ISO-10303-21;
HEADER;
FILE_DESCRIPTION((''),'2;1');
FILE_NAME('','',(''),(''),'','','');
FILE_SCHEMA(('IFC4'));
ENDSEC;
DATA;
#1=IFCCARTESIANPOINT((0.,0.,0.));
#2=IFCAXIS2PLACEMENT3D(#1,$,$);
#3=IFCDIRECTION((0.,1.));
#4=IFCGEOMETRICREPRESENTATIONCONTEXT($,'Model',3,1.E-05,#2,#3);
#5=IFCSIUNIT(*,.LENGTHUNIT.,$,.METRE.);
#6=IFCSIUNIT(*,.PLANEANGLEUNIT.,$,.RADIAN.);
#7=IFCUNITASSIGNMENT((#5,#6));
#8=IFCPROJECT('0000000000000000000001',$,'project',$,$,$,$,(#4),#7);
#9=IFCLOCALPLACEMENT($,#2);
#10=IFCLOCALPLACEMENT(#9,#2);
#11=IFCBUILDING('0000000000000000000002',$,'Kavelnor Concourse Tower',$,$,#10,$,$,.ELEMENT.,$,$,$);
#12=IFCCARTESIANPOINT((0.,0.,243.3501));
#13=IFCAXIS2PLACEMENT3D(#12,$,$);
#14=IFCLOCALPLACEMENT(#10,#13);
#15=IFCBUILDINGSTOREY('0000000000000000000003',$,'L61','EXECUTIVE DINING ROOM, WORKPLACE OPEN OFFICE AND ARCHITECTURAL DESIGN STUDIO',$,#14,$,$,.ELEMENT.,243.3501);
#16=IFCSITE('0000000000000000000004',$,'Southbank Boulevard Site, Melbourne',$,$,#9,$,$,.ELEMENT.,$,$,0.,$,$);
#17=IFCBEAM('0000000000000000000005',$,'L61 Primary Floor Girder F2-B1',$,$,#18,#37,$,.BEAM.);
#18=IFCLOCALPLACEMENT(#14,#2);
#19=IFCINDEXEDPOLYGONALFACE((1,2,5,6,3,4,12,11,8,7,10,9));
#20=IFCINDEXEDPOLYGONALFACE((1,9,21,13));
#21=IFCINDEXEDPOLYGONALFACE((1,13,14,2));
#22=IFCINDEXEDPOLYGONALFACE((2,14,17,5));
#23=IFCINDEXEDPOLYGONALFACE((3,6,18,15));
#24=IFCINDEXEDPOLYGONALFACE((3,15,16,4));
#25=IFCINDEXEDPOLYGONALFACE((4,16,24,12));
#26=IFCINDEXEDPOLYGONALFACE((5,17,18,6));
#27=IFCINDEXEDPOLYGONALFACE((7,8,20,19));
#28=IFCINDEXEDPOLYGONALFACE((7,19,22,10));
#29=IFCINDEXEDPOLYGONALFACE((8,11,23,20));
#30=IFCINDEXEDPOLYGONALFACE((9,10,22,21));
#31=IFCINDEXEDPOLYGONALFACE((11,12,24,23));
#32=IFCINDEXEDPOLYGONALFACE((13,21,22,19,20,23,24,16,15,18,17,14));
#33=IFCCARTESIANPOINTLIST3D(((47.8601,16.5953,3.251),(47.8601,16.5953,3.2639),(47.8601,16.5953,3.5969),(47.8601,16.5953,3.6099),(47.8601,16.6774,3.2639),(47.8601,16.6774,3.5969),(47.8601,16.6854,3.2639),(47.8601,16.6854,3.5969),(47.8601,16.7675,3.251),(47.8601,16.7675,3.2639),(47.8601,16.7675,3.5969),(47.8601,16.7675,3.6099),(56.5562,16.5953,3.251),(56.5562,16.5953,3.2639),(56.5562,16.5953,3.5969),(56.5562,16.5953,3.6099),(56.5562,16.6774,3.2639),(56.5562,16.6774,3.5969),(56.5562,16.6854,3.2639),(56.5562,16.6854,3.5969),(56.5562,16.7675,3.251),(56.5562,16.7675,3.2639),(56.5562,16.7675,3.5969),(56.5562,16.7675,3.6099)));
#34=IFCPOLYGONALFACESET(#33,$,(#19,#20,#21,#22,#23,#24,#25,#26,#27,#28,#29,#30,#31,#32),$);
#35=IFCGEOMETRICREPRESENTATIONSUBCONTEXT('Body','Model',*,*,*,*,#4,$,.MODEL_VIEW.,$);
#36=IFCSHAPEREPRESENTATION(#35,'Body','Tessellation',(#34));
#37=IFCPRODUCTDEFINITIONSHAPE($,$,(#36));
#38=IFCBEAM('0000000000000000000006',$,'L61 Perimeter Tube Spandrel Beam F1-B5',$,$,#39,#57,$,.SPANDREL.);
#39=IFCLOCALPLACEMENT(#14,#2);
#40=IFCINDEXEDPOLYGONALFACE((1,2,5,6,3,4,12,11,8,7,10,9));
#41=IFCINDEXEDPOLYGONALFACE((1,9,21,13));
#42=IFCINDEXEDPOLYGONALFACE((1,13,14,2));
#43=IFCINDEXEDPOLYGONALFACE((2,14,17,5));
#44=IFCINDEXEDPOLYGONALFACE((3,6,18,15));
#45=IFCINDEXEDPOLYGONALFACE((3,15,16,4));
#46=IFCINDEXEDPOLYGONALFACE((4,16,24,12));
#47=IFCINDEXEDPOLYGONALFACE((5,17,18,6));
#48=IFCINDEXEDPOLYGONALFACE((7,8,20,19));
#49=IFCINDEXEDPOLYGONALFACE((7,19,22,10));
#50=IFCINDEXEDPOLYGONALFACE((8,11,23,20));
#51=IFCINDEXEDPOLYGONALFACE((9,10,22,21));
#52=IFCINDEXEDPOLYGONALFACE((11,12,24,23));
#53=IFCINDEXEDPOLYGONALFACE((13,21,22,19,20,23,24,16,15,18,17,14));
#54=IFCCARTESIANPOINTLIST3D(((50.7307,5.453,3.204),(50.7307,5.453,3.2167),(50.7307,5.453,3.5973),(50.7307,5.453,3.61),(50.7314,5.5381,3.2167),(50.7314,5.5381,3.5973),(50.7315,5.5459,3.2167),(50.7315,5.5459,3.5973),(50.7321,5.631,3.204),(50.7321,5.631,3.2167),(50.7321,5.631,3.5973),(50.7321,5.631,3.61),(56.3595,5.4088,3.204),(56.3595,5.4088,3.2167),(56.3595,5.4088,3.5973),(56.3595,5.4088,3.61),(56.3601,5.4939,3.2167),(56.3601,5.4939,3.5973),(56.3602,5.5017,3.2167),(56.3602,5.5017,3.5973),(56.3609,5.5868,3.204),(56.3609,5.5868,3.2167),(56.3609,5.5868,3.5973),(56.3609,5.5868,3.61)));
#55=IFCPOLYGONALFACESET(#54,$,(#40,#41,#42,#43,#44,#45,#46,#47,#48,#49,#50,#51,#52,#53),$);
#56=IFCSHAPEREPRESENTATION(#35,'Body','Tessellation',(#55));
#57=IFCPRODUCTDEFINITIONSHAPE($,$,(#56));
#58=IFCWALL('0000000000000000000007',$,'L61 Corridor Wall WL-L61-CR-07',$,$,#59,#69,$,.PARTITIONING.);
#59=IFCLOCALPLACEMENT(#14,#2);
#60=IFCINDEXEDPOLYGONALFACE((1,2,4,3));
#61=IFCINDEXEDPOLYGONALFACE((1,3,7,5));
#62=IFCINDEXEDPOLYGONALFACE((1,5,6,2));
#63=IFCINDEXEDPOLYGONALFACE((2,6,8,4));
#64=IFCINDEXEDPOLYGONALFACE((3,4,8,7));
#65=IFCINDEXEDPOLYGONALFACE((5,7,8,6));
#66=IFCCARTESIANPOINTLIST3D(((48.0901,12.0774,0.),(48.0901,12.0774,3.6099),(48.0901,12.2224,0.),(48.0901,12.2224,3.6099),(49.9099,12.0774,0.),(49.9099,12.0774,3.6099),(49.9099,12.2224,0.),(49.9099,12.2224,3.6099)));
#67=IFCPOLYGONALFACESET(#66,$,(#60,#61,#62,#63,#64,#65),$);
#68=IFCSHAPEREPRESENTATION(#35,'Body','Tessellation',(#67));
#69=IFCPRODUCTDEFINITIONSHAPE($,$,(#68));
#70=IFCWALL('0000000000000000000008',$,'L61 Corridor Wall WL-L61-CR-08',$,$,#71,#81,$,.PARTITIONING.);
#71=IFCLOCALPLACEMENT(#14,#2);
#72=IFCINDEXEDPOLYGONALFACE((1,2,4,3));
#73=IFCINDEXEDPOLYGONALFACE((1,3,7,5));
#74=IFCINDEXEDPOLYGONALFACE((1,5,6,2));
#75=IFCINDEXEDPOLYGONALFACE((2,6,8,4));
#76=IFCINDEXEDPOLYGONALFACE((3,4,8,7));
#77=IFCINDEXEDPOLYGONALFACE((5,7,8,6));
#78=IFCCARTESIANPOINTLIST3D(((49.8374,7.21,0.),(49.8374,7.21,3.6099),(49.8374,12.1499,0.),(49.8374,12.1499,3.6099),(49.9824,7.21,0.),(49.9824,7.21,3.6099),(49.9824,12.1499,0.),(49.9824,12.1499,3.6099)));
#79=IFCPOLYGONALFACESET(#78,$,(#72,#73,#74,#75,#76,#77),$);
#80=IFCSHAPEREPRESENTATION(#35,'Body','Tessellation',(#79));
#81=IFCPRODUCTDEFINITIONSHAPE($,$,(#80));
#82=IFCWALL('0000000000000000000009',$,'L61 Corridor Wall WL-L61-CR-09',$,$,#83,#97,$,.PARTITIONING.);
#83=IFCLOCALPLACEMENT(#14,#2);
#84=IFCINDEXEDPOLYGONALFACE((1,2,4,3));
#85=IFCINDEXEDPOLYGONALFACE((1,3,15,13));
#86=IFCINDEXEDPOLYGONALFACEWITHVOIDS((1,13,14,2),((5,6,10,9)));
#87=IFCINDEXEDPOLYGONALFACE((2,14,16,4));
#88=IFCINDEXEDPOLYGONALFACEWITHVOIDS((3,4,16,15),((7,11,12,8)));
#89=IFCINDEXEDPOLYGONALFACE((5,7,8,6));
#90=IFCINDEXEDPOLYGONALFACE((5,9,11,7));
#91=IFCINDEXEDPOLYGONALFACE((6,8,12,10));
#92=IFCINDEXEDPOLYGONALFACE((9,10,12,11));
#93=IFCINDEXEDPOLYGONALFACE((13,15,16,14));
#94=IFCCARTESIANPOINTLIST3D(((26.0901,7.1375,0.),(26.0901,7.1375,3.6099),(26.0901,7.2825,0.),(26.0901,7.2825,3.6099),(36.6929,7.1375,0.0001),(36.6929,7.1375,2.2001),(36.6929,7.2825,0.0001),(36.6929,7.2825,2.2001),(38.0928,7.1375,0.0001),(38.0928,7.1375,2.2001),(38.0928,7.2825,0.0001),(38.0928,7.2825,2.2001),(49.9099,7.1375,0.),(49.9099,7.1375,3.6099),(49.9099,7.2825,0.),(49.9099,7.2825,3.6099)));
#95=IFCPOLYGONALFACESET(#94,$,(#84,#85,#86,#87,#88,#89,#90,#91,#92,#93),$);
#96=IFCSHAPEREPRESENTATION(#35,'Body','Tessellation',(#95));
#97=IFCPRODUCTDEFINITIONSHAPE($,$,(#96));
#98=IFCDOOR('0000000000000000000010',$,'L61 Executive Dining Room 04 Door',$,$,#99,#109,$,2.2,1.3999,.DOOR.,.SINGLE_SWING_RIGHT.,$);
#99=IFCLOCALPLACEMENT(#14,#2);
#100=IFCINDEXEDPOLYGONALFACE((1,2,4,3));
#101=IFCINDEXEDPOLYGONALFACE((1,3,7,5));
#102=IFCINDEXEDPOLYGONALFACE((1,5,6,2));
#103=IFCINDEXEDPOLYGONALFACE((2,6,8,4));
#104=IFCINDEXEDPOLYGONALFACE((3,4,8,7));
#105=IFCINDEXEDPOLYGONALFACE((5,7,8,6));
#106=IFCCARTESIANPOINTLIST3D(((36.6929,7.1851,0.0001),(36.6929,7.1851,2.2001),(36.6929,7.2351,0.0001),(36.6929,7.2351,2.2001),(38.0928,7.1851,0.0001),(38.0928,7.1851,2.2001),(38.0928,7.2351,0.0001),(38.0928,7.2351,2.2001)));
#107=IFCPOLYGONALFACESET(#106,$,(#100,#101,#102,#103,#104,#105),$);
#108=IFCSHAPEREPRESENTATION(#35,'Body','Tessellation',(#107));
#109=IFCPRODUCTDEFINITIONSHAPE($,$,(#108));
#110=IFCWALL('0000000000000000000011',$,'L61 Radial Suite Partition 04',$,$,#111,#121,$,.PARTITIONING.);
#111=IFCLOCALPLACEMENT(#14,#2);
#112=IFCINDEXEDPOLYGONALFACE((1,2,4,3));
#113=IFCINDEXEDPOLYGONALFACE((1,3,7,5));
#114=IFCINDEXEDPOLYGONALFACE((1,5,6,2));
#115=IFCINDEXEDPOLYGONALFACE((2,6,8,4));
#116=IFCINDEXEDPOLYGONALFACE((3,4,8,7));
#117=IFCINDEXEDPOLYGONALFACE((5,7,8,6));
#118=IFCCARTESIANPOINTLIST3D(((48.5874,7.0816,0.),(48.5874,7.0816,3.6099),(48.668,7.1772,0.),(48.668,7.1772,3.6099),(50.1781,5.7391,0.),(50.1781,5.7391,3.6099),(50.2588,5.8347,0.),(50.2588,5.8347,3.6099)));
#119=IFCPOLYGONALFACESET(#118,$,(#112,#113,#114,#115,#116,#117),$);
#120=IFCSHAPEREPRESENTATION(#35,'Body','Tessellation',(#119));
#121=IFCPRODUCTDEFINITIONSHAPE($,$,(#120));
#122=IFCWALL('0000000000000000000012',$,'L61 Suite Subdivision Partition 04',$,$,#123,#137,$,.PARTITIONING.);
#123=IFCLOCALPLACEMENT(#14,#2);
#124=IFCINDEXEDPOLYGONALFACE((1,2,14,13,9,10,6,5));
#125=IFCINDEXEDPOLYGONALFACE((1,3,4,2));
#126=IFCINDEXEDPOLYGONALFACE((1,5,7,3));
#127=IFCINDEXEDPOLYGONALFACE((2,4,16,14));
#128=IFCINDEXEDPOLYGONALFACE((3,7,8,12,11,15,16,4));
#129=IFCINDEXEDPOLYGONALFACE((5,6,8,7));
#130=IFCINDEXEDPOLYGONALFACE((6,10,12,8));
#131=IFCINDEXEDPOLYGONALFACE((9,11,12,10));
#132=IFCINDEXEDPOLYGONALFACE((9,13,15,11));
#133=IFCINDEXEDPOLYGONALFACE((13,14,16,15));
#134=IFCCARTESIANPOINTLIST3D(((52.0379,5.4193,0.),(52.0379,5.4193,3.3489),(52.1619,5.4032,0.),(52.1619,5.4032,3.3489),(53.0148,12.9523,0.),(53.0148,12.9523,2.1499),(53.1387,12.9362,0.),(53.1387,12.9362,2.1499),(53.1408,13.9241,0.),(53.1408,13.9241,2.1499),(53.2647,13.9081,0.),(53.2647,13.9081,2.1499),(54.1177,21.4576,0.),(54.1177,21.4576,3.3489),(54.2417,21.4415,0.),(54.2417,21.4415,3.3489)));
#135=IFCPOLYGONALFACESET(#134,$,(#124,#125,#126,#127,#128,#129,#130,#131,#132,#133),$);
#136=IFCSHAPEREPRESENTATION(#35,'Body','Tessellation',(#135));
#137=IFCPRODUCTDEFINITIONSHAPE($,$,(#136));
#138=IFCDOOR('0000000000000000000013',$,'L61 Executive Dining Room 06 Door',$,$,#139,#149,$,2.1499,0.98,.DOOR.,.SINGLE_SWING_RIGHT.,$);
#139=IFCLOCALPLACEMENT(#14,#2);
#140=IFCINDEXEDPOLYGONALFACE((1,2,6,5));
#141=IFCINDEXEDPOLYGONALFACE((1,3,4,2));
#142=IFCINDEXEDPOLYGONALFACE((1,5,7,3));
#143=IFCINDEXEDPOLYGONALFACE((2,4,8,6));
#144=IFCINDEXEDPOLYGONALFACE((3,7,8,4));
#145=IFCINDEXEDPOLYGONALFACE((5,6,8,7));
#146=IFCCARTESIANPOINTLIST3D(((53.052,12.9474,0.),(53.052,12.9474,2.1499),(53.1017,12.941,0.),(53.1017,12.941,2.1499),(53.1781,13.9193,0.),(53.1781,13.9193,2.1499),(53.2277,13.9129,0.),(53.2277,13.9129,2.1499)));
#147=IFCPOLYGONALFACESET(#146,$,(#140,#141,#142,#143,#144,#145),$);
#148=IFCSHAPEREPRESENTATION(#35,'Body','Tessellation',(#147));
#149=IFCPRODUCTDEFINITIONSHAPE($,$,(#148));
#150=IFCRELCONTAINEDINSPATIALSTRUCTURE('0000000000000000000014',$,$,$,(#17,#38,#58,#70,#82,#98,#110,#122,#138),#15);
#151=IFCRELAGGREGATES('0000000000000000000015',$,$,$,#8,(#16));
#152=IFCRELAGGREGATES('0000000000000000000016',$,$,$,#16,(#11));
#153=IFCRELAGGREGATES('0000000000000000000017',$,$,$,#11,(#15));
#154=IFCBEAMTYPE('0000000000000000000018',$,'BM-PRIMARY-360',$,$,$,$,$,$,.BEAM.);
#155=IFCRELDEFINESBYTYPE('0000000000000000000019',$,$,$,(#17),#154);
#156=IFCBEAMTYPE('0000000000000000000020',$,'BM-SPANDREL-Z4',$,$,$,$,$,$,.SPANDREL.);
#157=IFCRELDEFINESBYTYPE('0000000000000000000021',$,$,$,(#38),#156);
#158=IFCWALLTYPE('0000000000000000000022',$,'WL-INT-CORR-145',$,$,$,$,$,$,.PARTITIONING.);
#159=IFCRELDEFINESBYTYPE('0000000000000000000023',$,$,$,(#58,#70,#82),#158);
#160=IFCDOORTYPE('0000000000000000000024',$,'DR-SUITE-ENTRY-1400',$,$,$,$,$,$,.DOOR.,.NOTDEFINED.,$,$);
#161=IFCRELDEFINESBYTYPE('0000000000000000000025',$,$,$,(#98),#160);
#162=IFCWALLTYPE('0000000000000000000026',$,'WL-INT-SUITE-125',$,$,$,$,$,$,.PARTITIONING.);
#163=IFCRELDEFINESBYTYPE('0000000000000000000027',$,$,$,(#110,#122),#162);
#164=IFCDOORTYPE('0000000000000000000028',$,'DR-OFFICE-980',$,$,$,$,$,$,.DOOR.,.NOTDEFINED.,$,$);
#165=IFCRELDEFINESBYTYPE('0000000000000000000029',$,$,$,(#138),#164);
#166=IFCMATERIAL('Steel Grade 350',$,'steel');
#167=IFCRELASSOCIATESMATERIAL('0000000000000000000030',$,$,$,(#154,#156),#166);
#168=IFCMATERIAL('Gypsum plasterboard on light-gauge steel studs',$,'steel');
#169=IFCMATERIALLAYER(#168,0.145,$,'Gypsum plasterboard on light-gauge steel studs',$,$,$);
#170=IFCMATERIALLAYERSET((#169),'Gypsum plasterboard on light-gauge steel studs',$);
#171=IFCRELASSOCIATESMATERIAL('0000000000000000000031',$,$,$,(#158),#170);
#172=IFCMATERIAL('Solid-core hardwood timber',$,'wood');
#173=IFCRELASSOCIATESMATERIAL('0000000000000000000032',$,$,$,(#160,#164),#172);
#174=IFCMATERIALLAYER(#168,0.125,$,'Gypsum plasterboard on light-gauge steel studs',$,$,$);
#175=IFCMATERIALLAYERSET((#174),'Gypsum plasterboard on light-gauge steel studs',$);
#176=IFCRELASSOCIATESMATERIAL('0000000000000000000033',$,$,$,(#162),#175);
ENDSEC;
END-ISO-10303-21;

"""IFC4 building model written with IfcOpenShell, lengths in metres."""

from ifc_helpers import new_model, si_unit, direction, frame, frame_2d, origin, origin_2d, place, context, subcontext, project, spatial, rectangle, i_section, extrude, material, layer, layer_set, material_profile, profile_set, type_object, element, fill, save


model = new_model("IFC4")

# Units and contexts
model_context = context("Model", 3, precision=1e-05, world=origin(), true_north=direction((0.0, 1.0)))
body_context = subcontext(model_context, "Body", "Model", "MODEL_VIEW")
ifc_project = project(units=[si_unit("LENGTHUNIT", "METRE"), si_unit("PLANEANGLEUNIT", "RADIAN")], contexts=[model_context])

# Site, building, storey
site_placement = place(None, origin())
site = spatial("IfcSite", under=ifc_project, at=site_placement, Name="Southbank Boulevard Site, Melbourne", CompositionType="ELEMENT", RefElevation=0.0)
building_placement = place(site_placement, origin())
building = spatial("IfcBuilding", under=site, at=building_placement, Name="Kavelnor Concourse Tower", CompositionType="ELEMENT")
storey_placement = place(building_placement, frame((0.0, 0.0, 243.3501)))
storey = spatial("IfcBuildingStorey", under=building, at=storey_placement, Name="L61", Description="EXECUTIVE DINING ROOM, WORKPLACE OPEN OFFICE AND ARCHITECTURAL DESIGN STUDIO", CompositionType="ELEMENT", Elevation=243.3501)

# Shared definitions
ifc_material_1 = material(Name="Steel Grade 350", Category="steel")

# Beams
ifc_material_profile_1 = material_profile(ifc_material_1, i_section(OverallWidth=0.1721, OverallDepth=0.3589, WebThickness=0.0081, FlangeThickness=0.0129, at=origin_2d()), Name="360UB56")
ifc_profile_set_1 = profile_set([ifc_material_profile_1], Name="Steel Grade 350")
beam_type_1 = type_object("IfcBeamType", Name="BM-PRIMARY-360", PredefinedType="BEAM", material=ifc_profile_set_1)
beam_1_placement = place(storey_placement, frame((47.8601, 16.6814, 3.4304), z_axis=(1.0, 0.0, 0.0), x_axis=(0.0, 1.0, 0.0)))
element("IfcBeam", 1, at=beam_1_placement, inside=storey, type_object=beam_type_1, Name="L61 Primary Floor Girder F2-B1", PredefinedType="BEAM", context=body_context, shape_type="SweptSolid", body=[
    extrude(i_section(OverallWidth=0.1721, OverallDepth=0.3589, WebThickness=0.0081, FlangeThickness=0.0129, at=origin_2d()), origin(), (0.0, 0.0, 1.0), 8.696),
])
ifc_material_profile_2 = material_profile(ifc_material_1, i_section(OverallWidth=0.178, OverallDepth=0.406, WebThickness=0.0078, FlangeThickness=0.0127, at=origin_2d()), Name="410UB59")
ifc_profile_set_2 = profile_set([ifc_material_profile_2], Name="Steel Grade 350")
beam_type_2 = type_object("IfcBeamType", Name="BM-SPANDREL-Z4", PredefinedType="SPANDREL", material=ifc_profile_set_2)
beam_2_placement = place(storey_placement, frame((50.7314, 5.542, 3.407), z_axis=(0.999969, -0.007851, 0.0), x_axis=(0.007851, 0.999969, 0.0)))
element("IfcBeam", 2, at=beam_2_placement, inside=storey, type_object=beam_type_2, Name="L61 Perimeter Tube Spandrel Beam F1-B5", PredefinedType="SPANDREL", context=body_context, shape_type="SweptSolid", body=[
    extrude(i_section(OverallWidth=0.178, OverallDepth=0.406, WebThickness=0.0078, FlangeThickness=0.0127, at=origin_2d()), origin(), (0.0, 0.0, 1.0), 5.6289),
])

# Walls
ifc_material_2 = material(Name="Gypsum plasterboard on light-gauge steel studs", Category="steel")
ifc_layer_1 = layer(ifc_material_2, 0.145, Name="Gypsum plasterboard on light-gauge steel studs")
ifc_layer_set_1 = layer_set([ifc_layer_1], Name="Gypsum plasterboard on light-gauge steel studs")
wall_type_1 = type_object("IfcWallType", Name="WL-INT-CORR-145", PredefinedType="PARTITIONING", material=ifc_layer_set_1)
wall_1_placement = place(storey_placement, frame((48.0901, 12.1499, 0.0), z_axis=(0.0, 0.0, 1.0), x_axis=(1.0, 0.0, 0.0)))
element("IfcWall", 3, at=wall_1_placement, inside=storey, type_object=wall_type_1, Name="L61 Corridor Wall WL-L61-CR-07", PredefinedType="PARTITIONING", context=body_context, shape_type="SweptSolid", body=[
    extrude(rectangle(XDim=1.8198, YDim=0.145, at=frame_2d((0.9099, 0.0))), origin(), (0.0, 0.0, 1.0), 3.6099),
])
wall_2_placement = place(storey_placement, frame((49.9099, 12.1499, 0.0), z_axis=(0.0, 0.0, 1.0), x_axis=(0.0, -1.0, 0.0)))
element("IfcWall", 4, at=wall_2_placement, inside=storey, type_object=wall_type_1, Name="L61 Corridor Wall WL-L61-CR-08", PredefinedType="PARTITIONING", context=body_context, shape_type="SweptSolid", body=[
    extrude(rectangle(XDim=4.9399, YDim=0.145, at=frame_2d((2.47, 0.0))), origin(), (0.0, 0.0, 1.0), 3.6099),
])

# Wall, opening, door
wall_3_placement = place(storey_placement, frame((49.9099, 7.21, 0.0), z_axis=(0.0, 0.0, 1.0), x_axis=(-1.0, 0.0, 0.0)))
wall_3 = element("IfcWall", 5, at=wall_3_placement, inside=storey, type_object=wall_type_1, Name="L61 Corridor Wall WL-L61-CR-09", PredefinedType="PARTITIONING", context=body_context, shape_type="SweptSolid", body=[
    extrude(rectangle(XDim=23.8198, YDim=0.145, at=frame_2d((11.9099, 0.0))), origin(), (0.0, 0.0, 1.0), 3.6099),
])
opening_1_placement = place(wall_3_placement, frame((11.8171, 0.0, 0.0)))
opening_1 = element("IfcOpeningElement", 6, at=opening_1_placement, cuts=wall_3, PredefinedType="OPENING", context=body_context, shape_type="SweptSolid", body=[
    extrude(rectangle(XDim=1.3999, YDim=2.2, at=frame_2d((0.7, 1.1001))), frame((0.0, 0.0825, 0.0), z_axis=(0.0, -1.0, 0.0), x_axis=(1.0, 0.0, 0.0)), (0.0, 0.0, 1.0), 0.165),
])
ifc_material_3 = material(Name="Solid-core hardwood timber", Category="wood")
door_type_1 = type_object("IfcDoorType", Name="DR-SUITE-ENTRY-1400", OperationType="NOTDEFINED", PredefinedType="DOOR", material=ifc_material_3)
door_1_placement = place(opening_1_placement, origin())
door_1 = element("IfcDoor", 7, at=door_1_placement, inside=storey, type_object=door_type_1, Name="L61 Executive Dining Room 04 Door", OperationType="SINGLE_SWING_RIGHT", OverallHeight=2.2, OverallWidth=1.3999, PredefinedType="DOOR", context=body_context, shape_type="SweptSolid", body=[
    extrude(rectangle(XDim=1.3999, YDim=2.2, at=frame_2d((0.7, 1.1001))), frame((0.0, 0.0249, 0.0), z_axis=(0.0, -1.0, 0.0), x_axis=(1.0, 0.0, 0.0)), (0.0, 0.0, 1.0), 0.05),
])
fill(opening_1, door_1)

# Wall
ifc_layer_2 = layer(ifc_material_2, 0.125, Name="Gypsum plasterboard on light-gauge steel studs")
ifc_layer_set_2 = layer_set([ifc_layer_2], Name="Gypsum plasterboard on light-gauge steel studs")
wall_type_2 = type_object("IfcWallType", Name="WL-INT-SUITE-125", PredefinedType="PARTITIONING", material=ifc_layer_set_2)
wall_4_placement = place(storey_placement, frame((48.6277, 7.1294, 0.0), z_axis=(0.0, 0.0, 1.0), x_axis=(0.764226, -0.644948, 0.0)))
element("IfcWall", 8, at=wall_4_placement, inside=storey, type_object=wall_type_2, Name="L61 Radial Suite Partition 04", PredefinedType="PARTITIONING", context=body_context, shape_type="SweptSolid", body=[
    extrude(rectangle(XDim=2.0815, YDim=0.125, at=frame_2d((1.0408, 0.0))), origin(), (0.0, 0.0, 1.0), 3.6099),
])

# Wall, opening, door
wall_5_placement = place(storey_placement, frame((52.0999, 5.4111, 0.0), z_axis=(0.0, 0.0, 1.0), x_axis=(0.128602, 0.991696, 0.0)))
wall_5 = element("IfcWall", 9, at=wall_5_placement, inside=storey, type_object=wall_type_2, Name="L61 Suite Subdivision Partition 04", PredefinedType="PARTITIONING", context=body_context, shape_type="SweptSolid", body=[
    extrude(rectangle(XDim=16.1726, YDim=0.125, at=frame_2d((8.0864, 0.0))), origin(), (0.0, 0.0, 1.0), 3.3489),
])
opening_2_placement = place(wall_5_placement, frame((7.5962, 0.0, 0.0)))
opening_2 = element("IfcOpeningElement", 10, at=opening_2_placement, cuts=wall_5, PredefinedType="OPENING", context=body_context, shape_type="SweptSolid", body=[
    extrude(rectangle(XDim=0.98, YDim=2.1499, at=frame_2d((0.49, 1.075))), frame((0.0, 0.0725, 0.0), z_axis=(0.0, -1.0, 0.0), x_axis=(1.0, 0.0, 0.0)), (0.0, 0.0, 1.0), 0.145),
])
door_type_2 = type_object("IfcDoorType", Name="DR-OFFICE-980", OperationType="NOTDEFINED", PredefinedType="DOOR", material=ifc_material_3)
door_2_placement = place(opening_2_placement, origin())
door_2 = element("IfcDoor", 11, at=door_2_placement, inside=storey, type_object=door_type_2, Name="L61 Executive Dining Room 06 Door", OperationType="SINGLE_SWING_RIGHT", OverallHeight=2.1499, OverallWidth=0.98, PredefinedType="DOOR", context=body_context, shape_type="SweptSolid", body=[
    extrude(rectangle(XDim=0.98, YDim=2.1499, at=frame_2d((0.49, 1.075))), frame((0.0, 0.0249, 0.0), z_axis=(0.0, -1.0, 0.0), x_axis=(1.0, 0.0, 0.0)), (0.0, 0.0, 1.0), 0.05),
])
fill(opening_2, door_2)

save(model, "model.ifc")
